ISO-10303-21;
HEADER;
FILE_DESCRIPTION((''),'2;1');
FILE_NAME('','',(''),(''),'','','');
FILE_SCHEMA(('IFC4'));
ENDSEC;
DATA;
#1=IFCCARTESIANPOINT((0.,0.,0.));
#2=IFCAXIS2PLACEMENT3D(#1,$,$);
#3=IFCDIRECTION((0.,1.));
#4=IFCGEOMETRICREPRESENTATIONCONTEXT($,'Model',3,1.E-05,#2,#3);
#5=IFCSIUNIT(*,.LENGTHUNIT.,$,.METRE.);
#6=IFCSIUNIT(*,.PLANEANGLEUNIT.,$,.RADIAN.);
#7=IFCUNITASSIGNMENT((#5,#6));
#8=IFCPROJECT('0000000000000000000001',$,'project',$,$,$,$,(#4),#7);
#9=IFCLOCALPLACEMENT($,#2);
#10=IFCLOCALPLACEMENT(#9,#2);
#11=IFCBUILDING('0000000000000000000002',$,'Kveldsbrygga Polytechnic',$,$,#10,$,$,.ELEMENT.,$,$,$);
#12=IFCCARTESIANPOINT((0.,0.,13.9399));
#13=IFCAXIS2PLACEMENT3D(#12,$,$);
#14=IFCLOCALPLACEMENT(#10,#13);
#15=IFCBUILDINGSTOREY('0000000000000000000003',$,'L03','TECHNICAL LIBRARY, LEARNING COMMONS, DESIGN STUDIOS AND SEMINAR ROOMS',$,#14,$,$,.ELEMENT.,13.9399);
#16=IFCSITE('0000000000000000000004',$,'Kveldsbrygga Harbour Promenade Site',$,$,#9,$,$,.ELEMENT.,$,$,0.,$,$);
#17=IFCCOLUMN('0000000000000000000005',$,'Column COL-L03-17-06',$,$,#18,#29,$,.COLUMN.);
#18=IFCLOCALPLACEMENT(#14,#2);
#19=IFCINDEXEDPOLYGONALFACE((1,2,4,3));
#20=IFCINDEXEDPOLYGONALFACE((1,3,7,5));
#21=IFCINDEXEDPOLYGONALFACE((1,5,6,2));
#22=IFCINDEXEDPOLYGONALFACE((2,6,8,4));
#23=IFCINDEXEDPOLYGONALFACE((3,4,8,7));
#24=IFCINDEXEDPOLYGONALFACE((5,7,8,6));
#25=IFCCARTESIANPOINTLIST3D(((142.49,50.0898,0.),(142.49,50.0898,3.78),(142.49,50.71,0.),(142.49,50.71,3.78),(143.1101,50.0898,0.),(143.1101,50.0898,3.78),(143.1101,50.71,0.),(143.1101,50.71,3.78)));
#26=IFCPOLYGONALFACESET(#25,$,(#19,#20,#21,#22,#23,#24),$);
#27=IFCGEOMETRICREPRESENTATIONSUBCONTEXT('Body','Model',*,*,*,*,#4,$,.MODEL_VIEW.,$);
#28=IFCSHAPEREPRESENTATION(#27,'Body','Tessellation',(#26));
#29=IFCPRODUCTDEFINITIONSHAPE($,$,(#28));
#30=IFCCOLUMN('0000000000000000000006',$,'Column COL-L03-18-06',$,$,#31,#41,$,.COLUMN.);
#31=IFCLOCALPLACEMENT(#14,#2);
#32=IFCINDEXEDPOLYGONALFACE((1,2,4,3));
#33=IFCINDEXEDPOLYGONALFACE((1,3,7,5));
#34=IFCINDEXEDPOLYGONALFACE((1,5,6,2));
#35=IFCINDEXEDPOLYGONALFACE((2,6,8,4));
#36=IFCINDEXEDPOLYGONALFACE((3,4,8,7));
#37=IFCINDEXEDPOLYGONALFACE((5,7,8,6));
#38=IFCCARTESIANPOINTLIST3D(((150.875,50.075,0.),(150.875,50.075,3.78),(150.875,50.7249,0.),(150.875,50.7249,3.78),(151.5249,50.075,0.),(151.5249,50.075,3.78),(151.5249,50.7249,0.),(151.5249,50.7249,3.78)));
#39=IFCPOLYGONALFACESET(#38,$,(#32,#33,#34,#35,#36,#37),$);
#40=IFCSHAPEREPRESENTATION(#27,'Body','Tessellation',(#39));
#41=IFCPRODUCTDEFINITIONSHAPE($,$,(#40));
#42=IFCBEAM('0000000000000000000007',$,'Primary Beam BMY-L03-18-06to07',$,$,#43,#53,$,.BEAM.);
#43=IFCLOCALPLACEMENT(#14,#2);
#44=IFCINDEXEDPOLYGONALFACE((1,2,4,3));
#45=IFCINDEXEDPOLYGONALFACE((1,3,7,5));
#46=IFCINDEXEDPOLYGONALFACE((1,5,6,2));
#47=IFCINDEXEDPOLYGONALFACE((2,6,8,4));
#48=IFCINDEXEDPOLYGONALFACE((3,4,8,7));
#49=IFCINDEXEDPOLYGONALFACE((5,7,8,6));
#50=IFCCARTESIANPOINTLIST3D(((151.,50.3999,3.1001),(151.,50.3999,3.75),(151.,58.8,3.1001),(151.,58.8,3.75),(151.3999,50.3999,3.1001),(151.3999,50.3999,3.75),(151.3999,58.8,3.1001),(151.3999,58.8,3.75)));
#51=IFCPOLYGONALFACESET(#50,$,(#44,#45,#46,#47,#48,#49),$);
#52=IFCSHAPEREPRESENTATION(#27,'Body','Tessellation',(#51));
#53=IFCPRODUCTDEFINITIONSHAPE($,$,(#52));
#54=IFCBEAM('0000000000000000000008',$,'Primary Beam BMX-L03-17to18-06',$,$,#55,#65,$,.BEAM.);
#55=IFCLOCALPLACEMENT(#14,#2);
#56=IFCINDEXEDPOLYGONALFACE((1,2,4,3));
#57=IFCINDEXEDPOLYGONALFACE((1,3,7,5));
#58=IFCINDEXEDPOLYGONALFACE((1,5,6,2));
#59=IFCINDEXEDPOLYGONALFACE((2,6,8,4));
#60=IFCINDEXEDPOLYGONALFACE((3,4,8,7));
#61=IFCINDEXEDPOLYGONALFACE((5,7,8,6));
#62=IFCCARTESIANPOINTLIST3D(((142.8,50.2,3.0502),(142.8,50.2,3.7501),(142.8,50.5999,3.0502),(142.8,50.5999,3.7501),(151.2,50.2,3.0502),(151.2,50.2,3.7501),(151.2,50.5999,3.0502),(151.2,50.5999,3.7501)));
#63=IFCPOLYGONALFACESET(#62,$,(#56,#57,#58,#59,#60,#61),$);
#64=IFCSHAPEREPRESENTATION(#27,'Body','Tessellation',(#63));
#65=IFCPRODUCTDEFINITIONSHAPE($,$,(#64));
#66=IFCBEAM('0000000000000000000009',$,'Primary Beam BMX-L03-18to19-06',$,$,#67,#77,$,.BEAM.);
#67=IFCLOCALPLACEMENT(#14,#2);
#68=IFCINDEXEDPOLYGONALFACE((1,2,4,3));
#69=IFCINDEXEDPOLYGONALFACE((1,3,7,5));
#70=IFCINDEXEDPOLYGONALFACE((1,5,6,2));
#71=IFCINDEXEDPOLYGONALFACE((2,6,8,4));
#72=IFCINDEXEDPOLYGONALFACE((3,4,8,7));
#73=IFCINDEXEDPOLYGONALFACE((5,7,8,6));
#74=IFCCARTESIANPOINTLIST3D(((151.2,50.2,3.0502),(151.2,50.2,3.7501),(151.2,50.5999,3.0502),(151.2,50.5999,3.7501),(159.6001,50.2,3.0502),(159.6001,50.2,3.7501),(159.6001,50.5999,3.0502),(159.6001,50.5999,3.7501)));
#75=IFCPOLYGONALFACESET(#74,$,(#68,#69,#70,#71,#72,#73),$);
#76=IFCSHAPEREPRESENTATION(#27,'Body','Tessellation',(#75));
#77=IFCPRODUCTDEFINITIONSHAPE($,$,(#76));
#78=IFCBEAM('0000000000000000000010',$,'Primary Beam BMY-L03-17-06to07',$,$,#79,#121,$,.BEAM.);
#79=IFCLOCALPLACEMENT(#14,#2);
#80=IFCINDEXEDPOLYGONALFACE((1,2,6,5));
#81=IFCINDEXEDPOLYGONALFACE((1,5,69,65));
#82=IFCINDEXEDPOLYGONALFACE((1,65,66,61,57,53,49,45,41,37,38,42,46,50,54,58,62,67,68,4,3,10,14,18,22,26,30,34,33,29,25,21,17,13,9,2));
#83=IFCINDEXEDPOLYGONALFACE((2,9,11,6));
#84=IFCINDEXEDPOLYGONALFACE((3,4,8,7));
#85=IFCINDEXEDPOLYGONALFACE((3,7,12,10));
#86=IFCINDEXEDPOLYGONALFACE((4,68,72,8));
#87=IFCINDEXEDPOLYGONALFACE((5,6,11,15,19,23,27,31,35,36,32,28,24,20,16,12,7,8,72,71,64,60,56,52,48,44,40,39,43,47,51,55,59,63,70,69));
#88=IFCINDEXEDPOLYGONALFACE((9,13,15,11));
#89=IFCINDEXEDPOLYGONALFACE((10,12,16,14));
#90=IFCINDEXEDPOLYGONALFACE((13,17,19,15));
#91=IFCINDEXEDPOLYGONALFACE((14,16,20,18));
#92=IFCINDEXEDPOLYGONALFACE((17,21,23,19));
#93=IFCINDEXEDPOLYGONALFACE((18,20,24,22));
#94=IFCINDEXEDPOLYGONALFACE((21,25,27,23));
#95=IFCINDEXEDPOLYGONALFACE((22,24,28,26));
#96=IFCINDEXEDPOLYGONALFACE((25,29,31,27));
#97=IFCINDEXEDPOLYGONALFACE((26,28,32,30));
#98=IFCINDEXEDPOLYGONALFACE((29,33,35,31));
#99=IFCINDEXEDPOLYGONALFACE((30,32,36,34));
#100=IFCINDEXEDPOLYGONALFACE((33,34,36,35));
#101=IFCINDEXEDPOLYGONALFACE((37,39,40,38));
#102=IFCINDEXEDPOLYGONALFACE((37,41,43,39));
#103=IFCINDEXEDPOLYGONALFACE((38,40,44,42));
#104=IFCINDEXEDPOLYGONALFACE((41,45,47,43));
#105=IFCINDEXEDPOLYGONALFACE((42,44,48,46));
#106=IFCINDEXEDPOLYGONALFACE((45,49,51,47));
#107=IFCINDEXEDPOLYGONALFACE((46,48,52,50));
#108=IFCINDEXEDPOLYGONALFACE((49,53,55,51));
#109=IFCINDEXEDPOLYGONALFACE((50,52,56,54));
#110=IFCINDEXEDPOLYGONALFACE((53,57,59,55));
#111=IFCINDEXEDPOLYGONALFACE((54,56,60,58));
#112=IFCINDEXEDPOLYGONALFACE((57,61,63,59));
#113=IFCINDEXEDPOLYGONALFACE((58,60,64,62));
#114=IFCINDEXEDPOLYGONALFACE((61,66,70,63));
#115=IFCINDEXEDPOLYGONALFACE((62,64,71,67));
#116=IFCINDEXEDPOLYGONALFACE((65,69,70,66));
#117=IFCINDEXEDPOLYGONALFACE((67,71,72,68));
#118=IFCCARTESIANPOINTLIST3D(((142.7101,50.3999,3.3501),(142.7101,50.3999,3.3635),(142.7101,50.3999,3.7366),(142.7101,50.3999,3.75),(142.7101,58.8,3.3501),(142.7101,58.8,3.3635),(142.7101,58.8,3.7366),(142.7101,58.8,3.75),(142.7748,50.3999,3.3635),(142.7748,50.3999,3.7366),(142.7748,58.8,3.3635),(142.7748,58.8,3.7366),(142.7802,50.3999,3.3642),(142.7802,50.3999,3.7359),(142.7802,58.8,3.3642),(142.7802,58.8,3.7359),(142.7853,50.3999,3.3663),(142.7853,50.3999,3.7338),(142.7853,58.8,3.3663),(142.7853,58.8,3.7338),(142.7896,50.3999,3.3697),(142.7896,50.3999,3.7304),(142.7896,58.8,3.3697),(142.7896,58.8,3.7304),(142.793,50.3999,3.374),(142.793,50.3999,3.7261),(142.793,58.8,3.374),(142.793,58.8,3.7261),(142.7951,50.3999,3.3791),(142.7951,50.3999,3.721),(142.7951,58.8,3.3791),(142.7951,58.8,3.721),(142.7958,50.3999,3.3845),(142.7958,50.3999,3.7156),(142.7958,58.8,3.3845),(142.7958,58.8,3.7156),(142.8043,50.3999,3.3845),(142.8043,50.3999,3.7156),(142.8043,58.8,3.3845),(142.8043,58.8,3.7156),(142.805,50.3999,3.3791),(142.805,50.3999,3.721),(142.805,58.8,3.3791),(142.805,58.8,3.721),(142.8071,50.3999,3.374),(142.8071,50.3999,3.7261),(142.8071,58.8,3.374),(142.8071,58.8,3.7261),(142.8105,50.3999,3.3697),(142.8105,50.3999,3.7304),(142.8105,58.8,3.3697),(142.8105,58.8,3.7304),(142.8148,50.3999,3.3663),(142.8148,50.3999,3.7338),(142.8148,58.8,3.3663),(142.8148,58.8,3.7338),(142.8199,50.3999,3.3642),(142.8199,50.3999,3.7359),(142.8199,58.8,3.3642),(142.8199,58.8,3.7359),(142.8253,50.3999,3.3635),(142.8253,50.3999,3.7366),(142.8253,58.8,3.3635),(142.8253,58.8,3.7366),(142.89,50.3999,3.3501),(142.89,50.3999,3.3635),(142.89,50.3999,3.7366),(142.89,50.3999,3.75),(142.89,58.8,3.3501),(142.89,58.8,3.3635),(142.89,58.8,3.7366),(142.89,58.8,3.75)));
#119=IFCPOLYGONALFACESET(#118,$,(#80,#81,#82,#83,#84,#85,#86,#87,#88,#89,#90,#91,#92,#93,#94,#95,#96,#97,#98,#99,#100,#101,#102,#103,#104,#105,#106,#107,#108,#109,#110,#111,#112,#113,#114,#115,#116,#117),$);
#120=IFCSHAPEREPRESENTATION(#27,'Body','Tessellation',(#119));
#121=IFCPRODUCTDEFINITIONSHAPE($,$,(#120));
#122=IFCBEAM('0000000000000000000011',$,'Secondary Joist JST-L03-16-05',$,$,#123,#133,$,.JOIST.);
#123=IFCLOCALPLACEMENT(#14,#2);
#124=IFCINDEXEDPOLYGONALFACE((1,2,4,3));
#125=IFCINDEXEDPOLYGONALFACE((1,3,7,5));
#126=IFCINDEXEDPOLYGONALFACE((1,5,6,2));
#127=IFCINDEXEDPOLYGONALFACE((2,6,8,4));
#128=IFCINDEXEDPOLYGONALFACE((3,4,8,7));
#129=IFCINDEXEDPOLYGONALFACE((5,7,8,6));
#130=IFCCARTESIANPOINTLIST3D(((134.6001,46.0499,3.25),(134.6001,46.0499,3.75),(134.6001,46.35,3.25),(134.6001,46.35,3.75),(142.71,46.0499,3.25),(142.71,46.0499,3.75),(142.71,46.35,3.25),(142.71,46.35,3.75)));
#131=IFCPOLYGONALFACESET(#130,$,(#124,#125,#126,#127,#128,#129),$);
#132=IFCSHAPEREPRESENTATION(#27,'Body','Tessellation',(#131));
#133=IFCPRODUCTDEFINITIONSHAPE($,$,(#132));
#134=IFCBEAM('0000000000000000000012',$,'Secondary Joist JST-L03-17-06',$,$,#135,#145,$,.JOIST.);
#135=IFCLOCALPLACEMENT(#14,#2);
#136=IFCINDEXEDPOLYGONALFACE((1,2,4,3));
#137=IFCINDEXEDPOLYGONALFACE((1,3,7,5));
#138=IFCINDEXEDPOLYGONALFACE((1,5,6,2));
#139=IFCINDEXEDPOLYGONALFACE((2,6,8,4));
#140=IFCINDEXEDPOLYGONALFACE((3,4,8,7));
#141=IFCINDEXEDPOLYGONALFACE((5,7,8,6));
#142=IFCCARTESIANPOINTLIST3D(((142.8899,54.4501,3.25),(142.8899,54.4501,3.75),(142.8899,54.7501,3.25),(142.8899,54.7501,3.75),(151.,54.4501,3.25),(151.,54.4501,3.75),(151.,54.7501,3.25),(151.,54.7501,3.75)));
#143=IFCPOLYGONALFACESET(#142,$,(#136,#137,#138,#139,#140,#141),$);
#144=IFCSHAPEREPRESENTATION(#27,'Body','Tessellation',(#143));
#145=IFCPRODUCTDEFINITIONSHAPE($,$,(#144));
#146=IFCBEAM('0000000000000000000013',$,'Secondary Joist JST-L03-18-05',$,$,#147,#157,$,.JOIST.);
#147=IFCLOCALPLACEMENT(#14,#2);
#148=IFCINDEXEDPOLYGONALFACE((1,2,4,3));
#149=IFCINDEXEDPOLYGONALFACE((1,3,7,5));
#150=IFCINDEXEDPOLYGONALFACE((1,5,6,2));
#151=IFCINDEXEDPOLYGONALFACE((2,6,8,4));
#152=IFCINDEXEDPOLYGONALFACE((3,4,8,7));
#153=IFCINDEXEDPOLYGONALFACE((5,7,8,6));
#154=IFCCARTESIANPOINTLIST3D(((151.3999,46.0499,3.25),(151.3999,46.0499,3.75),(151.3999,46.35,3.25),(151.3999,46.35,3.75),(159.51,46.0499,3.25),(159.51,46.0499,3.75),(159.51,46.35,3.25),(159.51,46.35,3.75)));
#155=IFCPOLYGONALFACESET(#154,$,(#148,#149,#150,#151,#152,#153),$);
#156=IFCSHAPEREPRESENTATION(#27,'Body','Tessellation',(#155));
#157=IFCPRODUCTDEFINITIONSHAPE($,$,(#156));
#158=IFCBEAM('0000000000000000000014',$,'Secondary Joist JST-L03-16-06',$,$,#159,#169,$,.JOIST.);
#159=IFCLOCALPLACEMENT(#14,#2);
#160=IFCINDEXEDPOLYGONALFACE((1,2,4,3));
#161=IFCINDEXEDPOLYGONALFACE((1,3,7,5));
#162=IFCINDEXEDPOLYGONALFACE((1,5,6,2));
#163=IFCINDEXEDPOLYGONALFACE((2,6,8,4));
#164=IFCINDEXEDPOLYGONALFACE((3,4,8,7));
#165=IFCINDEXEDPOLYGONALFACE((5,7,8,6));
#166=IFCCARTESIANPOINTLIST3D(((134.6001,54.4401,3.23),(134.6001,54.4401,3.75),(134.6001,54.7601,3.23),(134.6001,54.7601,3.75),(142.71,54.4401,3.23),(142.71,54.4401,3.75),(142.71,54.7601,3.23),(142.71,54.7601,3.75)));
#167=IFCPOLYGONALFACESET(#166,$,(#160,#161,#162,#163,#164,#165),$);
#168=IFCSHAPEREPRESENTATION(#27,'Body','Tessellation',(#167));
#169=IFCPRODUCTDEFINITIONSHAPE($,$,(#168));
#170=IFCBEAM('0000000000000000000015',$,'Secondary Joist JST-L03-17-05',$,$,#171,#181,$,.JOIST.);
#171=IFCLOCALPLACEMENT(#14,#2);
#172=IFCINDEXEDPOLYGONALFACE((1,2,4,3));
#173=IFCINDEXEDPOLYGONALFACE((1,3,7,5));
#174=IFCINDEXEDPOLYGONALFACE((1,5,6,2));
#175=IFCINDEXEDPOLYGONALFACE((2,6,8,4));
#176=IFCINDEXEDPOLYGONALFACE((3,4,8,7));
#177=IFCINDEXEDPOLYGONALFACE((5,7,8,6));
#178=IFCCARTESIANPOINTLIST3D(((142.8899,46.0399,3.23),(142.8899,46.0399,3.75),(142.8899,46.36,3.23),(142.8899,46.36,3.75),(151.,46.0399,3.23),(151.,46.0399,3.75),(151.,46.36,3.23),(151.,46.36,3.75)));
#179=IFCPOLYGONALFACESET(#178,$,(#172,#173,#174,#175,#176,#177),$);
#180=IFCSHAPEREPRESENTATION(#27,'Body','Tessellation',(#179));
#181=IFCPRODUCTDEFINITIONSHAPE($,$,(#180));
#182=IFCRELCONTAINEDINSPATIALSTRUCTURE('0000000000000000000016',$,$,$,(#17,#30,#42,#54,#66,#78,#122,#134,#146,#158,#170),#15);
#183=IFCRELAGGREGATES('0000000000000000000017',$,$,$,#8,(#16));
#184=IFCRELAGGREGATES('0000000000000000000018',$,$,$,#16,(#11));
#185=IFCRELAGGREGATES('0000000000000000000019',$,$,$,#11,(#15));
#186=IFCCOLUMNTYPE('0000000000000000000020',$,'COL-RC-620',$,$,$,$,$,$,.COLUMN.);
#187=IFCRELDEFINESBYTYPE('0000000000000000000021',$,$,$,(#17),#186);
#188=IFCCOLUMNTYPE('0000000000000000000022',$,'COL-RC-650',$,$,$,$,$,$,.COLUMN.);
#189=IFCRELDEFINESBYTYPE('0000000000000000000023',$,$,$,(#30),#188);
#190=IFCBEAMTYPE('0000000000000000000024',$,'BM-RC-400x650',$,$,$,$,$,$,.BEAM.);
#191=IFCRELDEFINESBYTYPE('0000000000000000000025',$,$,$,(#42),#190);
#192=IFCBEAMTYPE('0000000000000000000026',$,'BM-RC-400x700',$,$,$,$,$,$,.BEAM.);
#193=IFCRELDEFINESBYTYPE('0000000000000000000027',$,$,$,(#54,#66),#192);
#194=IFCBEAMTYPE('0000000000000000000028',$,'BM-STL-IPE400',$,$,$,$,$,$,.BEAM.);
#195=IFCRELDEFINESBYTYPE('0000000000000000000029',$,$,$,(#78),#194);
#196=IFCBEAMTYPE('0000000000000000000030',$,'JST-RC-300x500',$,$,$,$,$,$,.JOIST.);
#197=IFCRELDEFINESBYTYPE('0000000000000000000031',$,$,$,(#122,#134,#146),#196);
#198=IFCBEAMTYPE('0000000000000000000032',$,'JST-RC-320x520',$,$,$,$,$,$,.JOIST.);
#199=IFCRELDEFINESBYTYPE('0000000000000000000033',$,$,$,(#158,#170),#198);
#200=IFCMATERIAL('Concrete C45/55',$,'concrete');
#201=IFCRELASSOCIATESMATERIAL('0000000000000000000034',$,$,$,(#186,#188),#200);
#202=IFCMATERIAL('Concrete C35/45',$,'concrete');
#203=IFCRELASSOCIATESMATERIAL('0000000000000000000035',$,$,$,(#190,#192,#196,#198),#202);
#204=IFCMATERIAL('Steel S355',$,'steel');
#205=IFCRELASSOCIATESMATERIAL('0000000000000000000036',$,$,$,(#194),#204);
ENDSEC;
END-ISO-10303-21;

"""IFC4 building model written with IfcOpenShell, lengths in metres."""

from ifc_helpers import new_model, si_unit, direction, frame, origin, origin_2d, place, context, subcontext, project, spatial, rectangle, i_section, extrude, material, material_profile, profile_set, type_object, element, save


model = new_model("IFC4")

# Units and contexts
model_context = context("Model", 3, precision=1e-05, world=origin(), true_north=direction((0.0, 1.0)))
body_context = subcontext(model_context, "Body", "Model", "MODEL_VIEW")
ifc_project = project(units=[si_unit("LENGTHUNIT", "METRE"), si_unit("PLANEANGLEUNIT", "RADIAN")], contexts=[model_context])

# Site, building, storey
site_placement = place(None, origin())
site = spatial("IfcSite", under=ifc_project, at=site_placement, Name="Kveldsbrygga Harbour Promenade Site", CompositionType="ELEMENT", RefElevation=0.0)
building_placement = place(site_placement, origin())
building = spatial("IfcBuilding", under=site, at=building_placement, Name="Kveldsbrygga Polytechnic", CompositionType="ELEMENT")
storey_placement = place(building_placement, frame((0.0, 0.0, 13.9399)))
storey = spatial("IfcBuildingStorey", under=building, at=storey_placement, Name="L03", Description="TECHNICAL LIBRARY, LEARNING COMMONS, DESIGN STUDIOS AND SEMINAR ROOMS", CompositionType="ELEMENT", Elevation=13.9399)

# Columns
ifc_material_1 = material(Name="Concrete C45/55", Category="concrete")
ifc_material_profile_1 = material_profile(ifc_material_1, rectangle(XDim=0.6201, YDim=0.6201, at=origin_2d()), Name="RC 620x620")
ifc_profile_set_1 = profile_set([ifc_material_profile_1], Name="Concrete C45/55")
column_type_1 = type_object("IfcColumnType", Name="COL-RC-620", PredefinedType="COLUMN", material=ifc_profile_set_1)
column_1_placement = place(storey_placement, frame((142.8, 50.3999, 0.0), z_axis=(0.0, 0.0, 1.0), x_axis=(1.0, 0.0, 0.0)))
element("IfcColumn", 1, at=column_1_placement, inside=storey, type_object=column_type_1, Name="Column COL-L03-17-06", PredefinedType="COLUMN", context=body_context, shape_type="SweptSolid", body=[
    extrude(rectangle(XDim=0.6201, YDim=0.6201, at=origin_2d()), origin(), (0.0, 0.0, 1.0), 3.78),
])
ifc_material_profile_2 = material_profile(ifc_material_1, rectangle(XDim=0.6499, YDim=0.6499, at=origin_2d()), Name="RC 650x650")
ifc_profile_set_2 = profile_set([ifc_material_profile_2], Name="Concrete C45/55")
column_type_2 = type_object("IfcColumnType", Name="COL-RC-650", PredefinedType="COLUMN", material=ifc_profile_set_2)
column_2_placement = place(storey_placement, frame((151.2, 50.3999, 0.0), z_axis=(0.0, 0.0, 1.0), x_axis=(1.0, 0.0, 0.0)))
element("IfcColumn", 2, at=column_2_placement, inside=storey, type_object=column_type_2, Name="Column COL-L03-18-06", PredefinedType="COLUMN", context=body_context, shape_type="SweptSolid", body=[
    extrude(rectangle(XDim=0.6499, YDim=0.6499, at=origin_2d()), origin(), (0.0, 0.0, 1.0), 3.78),
])

# Beams
ifc_material_2 = material(Name="Concrete C35/45", Category="concrete")
ifc_material_profile_3 = material_profile(ifc_material_2, rectangle(XDim=0.3999, YDim=0.6499, at=origin_2d()), Name="RC 400x650")
ifc_profile_set_3 = profile_set([ifc_material_profile_3], Name="Concrete C35/45")
beam_type_1 = type_object("IfcBeamType", Name="BM-RC-400x650", PredefinedType="BEAM", material=ifc_profile_set_3)
beam_1_placement = place(storey_placement, frame((151.2, 50.3999, 3.425), z_axis=(0.0, 1.0, 0.0), x_axis=(-1.0, 0.0, 0.0)))
element("IfcBeam", 3, at=beam_1_placement, inside=storey, type_object=beam_type_1, Name="Primary Beam BMY-L03-18-06to07", PredefinedType="BEAM", context=body_context, shape_type="SweptSolid", body=[
    extrude(rectangle(XDim=0.3999, YDim=0.6499, at=origin_2d()), origin(), (0.0, 0.0, 1.0), 8.4001),
])
ifc_material_profile_4 = material_profile(ifc_material_2, rectangle(XDim=0.3999, YDim=0.7, at=origin_2d()), Name="RC 400x700")
ifc_profile_set_4 = profile_set([ifc_material_profile_4], Name="Concrete C35/45")
beam_type_2 = type_object("IfcBeamType", Name="BM-RC-400x700", PredefinedType="BEAM", material=ifc_profile_set_4)
beam_2_placement = place(storey_placement, frame((142.8, 50.3999, 3.4001), z_axis=(1.0, 0.0, 0.0), x_axis=(0.0, 1.0, 0.0)))
element("IfcBeam", 4, at=beam_2_placement, inside=storey, type_object=beam_type_2, Name="Primary Beam BMX-L03-17to18-06", PredefinedType="BEAM", context=body_context, shape_type="SweptSolid", body=[
    extrude(rectangle(XDim=0.3999, YDim=0.7, at=origin_2d()), origin(), (0.0, 0.0, 1.0), 8.3999),
])
beam_3_placement = place(storey_placement, frame((151.2, 50.3999, 3.4001), z_axis=(1.0, 0.0, 0.0), x_axis=(0.0, 1.0, 0.0)))
element("IfcBeam", 5, at=beam_3_placement, inside=storey, type_object=beam_type_2, Name="Primary Beam BMX-L03-18to19-06", PredefinedType="BEAM", context=body_context, shape_type="SweptSolid", body=[
    extrude(rectangle(XDim=0.3999, YDim=0.7, at=origin_2d()), origin(), (0.0, 0.0, 1.0), 8.4001),
])
ifc_material_3 = material(Name="Steel S355", Category="steel")
ifc_material_profile_5 = material_profile(ifc_material_3, i_section(OverallWidth=0.1799, OverallDepth=0.3999, WebThickness=0.0085, FlangeThickness=0.0134, FilletRadius=0.021, at=origin_2d()), Name="IPE 400")
ifc_profile_set_5 = profile_set([ifc_material_profile_5], Name="Steel S355")
beam_type_3 = type_object("IfcBeamType", Name="BM-STL-IPE400", PredefinedType="BEAM", material=ifc_profile_set_5)
beam_4_placement = place(storey_placement, frame((142.8, 50.3999, 3.55), z_axis=(0.0, 1.0, 0.0), x_axis=(-1.0, 0.0, 0.0)))
element("IfcBeam", 6, at=beam_4_placement, inside=storey, type_object=beam_type_3, Name="Primary Beam BMY-L03-17-06to07", PredefinedType="BEAM", context=body_context, shape_type="SweptSolid", body=[
    extrude(i_section(OverallWidth=0.1799, OverallDepth=0.3999, WebThickness=0.0085, FlangeThickness=0.0134, FilletRadius=0.021, at=origin_2d()), origin(), (0.0, 0.0, 1.0), 8.4001),
])
ifc_material_profile_6 = material_profile(ifc_material_2, rectangle(XDim=0.3, YDim=0.5, at=origin_2d()), Name="RC 300x500")
ifc_profile_set_6 = profile_set([ifc_material_profile_6], Name="Concrete C35/45")
beam_type_4 = type_object("IfcBeamType", Name="JST-RC-300x500", PredefinedType="JOIST", material=ifc_profile_set_6)
beam_5_placement = place(storey_placement, frame((134.6001, 46.2, 3.5), z_axis=(1.0, 0.0, 0.0), x_axis=(0.0, 1.0, 0.0)))
element("IfcBeam", 7, at=beam_5_placement, inside=storey, type_object=beam_type_4, Name="Secondary Joist JST-L03-16-05", PredefinedType="JOIST", context=body_context, shape_type="SweptSolid", body=[
    extrude(rectangle(XDim=0.3, YDim=0.5, at=origin_2d()), origin(), (0.0, 0.0, 1.0), 8.1099),
])
for number, where, z_axis, x_axis, name in (
    (8, (142.8899, 54.6001, 3.5), (1.0, 0.0, 0.0), (0.0, 1.0, 0.0), "Secondary Joist JST-L03-17-06"),
    (9, (151.3999, 46.2, 3.5), (1.0, 0.0, 0.0), (0.0, 1.0, 0.0), "Secondary Joist JST-L03-18-05"),
):
    element("IfcBeam", number, at=place(storey_placement, frame(where, z_axis=z_axis, x_axis=x_axis)), inside=storey, type_object=beam_type_4, Name=name, PredefinedType="JOIST", context=body_context, shape_type="SweptSolid", body=[
        extrude(rectangle(XDim=0.3, YDim=0.5, at=origin_2d()), origin(), (0.0, 0.0, 1.0), 8.1101),
    ])
ifc_material_profile_7 = material_profile(ifc_material_2, rectangle(XDim=0.3201, YDim=0.52, at=origin_2d()), Name="RC 320x520")
ifc_profile_set_7 = profile_set([ifc_material_profile_7], Name="Concrete C35/45")
beam_type_5 = type_object("IfcBeamType", Name="JST-RC-320x520", PredefinedType="JOIST", material=ifc_profile_set_7)
beam_6_placement = place(storey_placement, frame((134.6001, 54.6001, 3.49), z_axis=(1.0, 0.0, 0.0), x_axis=(0.0, 1.0, 0.0)))
element("IfcBeam", 10, at=beam_6_placement, inside=storey, type_object=beam_type_5, Name="Secondary Joist JST-L03-16-06", PredefinedType="JOIST", context=body_context, shape_type="SweptSolid", body=[
    extrude(rectangle(XDim=0.3201, YDim=0.52, at=origin_2d()), origin(), (0.0, 0.0, 1.0), 8.1099),
])
for number, where, z_axis, x_axis, name in (
    (11, (142.8899, 46.2, 3.49), (1.0, 0.0, 0.0), (0.0, 1.0, 0.0), "Secondary Joist JST-L03-17-05"),
):
    element("IfcBeam", number, at=place(storey_placement, frame(where, z_axis=z_axis, x_axis=x_axis)), inside=storey, type_object=beam_type_5, Name=name, PredefinedType="JOIST", context=body_context, shape_type="SweptSolid", body=[
        extrude(rectangle(XDim=0.3201, YDim=0.52, at=origin_2d()), origin(), (0.0, 0.0, 1.0), 8.1101),
    ])

save(model, "model.ifc")
